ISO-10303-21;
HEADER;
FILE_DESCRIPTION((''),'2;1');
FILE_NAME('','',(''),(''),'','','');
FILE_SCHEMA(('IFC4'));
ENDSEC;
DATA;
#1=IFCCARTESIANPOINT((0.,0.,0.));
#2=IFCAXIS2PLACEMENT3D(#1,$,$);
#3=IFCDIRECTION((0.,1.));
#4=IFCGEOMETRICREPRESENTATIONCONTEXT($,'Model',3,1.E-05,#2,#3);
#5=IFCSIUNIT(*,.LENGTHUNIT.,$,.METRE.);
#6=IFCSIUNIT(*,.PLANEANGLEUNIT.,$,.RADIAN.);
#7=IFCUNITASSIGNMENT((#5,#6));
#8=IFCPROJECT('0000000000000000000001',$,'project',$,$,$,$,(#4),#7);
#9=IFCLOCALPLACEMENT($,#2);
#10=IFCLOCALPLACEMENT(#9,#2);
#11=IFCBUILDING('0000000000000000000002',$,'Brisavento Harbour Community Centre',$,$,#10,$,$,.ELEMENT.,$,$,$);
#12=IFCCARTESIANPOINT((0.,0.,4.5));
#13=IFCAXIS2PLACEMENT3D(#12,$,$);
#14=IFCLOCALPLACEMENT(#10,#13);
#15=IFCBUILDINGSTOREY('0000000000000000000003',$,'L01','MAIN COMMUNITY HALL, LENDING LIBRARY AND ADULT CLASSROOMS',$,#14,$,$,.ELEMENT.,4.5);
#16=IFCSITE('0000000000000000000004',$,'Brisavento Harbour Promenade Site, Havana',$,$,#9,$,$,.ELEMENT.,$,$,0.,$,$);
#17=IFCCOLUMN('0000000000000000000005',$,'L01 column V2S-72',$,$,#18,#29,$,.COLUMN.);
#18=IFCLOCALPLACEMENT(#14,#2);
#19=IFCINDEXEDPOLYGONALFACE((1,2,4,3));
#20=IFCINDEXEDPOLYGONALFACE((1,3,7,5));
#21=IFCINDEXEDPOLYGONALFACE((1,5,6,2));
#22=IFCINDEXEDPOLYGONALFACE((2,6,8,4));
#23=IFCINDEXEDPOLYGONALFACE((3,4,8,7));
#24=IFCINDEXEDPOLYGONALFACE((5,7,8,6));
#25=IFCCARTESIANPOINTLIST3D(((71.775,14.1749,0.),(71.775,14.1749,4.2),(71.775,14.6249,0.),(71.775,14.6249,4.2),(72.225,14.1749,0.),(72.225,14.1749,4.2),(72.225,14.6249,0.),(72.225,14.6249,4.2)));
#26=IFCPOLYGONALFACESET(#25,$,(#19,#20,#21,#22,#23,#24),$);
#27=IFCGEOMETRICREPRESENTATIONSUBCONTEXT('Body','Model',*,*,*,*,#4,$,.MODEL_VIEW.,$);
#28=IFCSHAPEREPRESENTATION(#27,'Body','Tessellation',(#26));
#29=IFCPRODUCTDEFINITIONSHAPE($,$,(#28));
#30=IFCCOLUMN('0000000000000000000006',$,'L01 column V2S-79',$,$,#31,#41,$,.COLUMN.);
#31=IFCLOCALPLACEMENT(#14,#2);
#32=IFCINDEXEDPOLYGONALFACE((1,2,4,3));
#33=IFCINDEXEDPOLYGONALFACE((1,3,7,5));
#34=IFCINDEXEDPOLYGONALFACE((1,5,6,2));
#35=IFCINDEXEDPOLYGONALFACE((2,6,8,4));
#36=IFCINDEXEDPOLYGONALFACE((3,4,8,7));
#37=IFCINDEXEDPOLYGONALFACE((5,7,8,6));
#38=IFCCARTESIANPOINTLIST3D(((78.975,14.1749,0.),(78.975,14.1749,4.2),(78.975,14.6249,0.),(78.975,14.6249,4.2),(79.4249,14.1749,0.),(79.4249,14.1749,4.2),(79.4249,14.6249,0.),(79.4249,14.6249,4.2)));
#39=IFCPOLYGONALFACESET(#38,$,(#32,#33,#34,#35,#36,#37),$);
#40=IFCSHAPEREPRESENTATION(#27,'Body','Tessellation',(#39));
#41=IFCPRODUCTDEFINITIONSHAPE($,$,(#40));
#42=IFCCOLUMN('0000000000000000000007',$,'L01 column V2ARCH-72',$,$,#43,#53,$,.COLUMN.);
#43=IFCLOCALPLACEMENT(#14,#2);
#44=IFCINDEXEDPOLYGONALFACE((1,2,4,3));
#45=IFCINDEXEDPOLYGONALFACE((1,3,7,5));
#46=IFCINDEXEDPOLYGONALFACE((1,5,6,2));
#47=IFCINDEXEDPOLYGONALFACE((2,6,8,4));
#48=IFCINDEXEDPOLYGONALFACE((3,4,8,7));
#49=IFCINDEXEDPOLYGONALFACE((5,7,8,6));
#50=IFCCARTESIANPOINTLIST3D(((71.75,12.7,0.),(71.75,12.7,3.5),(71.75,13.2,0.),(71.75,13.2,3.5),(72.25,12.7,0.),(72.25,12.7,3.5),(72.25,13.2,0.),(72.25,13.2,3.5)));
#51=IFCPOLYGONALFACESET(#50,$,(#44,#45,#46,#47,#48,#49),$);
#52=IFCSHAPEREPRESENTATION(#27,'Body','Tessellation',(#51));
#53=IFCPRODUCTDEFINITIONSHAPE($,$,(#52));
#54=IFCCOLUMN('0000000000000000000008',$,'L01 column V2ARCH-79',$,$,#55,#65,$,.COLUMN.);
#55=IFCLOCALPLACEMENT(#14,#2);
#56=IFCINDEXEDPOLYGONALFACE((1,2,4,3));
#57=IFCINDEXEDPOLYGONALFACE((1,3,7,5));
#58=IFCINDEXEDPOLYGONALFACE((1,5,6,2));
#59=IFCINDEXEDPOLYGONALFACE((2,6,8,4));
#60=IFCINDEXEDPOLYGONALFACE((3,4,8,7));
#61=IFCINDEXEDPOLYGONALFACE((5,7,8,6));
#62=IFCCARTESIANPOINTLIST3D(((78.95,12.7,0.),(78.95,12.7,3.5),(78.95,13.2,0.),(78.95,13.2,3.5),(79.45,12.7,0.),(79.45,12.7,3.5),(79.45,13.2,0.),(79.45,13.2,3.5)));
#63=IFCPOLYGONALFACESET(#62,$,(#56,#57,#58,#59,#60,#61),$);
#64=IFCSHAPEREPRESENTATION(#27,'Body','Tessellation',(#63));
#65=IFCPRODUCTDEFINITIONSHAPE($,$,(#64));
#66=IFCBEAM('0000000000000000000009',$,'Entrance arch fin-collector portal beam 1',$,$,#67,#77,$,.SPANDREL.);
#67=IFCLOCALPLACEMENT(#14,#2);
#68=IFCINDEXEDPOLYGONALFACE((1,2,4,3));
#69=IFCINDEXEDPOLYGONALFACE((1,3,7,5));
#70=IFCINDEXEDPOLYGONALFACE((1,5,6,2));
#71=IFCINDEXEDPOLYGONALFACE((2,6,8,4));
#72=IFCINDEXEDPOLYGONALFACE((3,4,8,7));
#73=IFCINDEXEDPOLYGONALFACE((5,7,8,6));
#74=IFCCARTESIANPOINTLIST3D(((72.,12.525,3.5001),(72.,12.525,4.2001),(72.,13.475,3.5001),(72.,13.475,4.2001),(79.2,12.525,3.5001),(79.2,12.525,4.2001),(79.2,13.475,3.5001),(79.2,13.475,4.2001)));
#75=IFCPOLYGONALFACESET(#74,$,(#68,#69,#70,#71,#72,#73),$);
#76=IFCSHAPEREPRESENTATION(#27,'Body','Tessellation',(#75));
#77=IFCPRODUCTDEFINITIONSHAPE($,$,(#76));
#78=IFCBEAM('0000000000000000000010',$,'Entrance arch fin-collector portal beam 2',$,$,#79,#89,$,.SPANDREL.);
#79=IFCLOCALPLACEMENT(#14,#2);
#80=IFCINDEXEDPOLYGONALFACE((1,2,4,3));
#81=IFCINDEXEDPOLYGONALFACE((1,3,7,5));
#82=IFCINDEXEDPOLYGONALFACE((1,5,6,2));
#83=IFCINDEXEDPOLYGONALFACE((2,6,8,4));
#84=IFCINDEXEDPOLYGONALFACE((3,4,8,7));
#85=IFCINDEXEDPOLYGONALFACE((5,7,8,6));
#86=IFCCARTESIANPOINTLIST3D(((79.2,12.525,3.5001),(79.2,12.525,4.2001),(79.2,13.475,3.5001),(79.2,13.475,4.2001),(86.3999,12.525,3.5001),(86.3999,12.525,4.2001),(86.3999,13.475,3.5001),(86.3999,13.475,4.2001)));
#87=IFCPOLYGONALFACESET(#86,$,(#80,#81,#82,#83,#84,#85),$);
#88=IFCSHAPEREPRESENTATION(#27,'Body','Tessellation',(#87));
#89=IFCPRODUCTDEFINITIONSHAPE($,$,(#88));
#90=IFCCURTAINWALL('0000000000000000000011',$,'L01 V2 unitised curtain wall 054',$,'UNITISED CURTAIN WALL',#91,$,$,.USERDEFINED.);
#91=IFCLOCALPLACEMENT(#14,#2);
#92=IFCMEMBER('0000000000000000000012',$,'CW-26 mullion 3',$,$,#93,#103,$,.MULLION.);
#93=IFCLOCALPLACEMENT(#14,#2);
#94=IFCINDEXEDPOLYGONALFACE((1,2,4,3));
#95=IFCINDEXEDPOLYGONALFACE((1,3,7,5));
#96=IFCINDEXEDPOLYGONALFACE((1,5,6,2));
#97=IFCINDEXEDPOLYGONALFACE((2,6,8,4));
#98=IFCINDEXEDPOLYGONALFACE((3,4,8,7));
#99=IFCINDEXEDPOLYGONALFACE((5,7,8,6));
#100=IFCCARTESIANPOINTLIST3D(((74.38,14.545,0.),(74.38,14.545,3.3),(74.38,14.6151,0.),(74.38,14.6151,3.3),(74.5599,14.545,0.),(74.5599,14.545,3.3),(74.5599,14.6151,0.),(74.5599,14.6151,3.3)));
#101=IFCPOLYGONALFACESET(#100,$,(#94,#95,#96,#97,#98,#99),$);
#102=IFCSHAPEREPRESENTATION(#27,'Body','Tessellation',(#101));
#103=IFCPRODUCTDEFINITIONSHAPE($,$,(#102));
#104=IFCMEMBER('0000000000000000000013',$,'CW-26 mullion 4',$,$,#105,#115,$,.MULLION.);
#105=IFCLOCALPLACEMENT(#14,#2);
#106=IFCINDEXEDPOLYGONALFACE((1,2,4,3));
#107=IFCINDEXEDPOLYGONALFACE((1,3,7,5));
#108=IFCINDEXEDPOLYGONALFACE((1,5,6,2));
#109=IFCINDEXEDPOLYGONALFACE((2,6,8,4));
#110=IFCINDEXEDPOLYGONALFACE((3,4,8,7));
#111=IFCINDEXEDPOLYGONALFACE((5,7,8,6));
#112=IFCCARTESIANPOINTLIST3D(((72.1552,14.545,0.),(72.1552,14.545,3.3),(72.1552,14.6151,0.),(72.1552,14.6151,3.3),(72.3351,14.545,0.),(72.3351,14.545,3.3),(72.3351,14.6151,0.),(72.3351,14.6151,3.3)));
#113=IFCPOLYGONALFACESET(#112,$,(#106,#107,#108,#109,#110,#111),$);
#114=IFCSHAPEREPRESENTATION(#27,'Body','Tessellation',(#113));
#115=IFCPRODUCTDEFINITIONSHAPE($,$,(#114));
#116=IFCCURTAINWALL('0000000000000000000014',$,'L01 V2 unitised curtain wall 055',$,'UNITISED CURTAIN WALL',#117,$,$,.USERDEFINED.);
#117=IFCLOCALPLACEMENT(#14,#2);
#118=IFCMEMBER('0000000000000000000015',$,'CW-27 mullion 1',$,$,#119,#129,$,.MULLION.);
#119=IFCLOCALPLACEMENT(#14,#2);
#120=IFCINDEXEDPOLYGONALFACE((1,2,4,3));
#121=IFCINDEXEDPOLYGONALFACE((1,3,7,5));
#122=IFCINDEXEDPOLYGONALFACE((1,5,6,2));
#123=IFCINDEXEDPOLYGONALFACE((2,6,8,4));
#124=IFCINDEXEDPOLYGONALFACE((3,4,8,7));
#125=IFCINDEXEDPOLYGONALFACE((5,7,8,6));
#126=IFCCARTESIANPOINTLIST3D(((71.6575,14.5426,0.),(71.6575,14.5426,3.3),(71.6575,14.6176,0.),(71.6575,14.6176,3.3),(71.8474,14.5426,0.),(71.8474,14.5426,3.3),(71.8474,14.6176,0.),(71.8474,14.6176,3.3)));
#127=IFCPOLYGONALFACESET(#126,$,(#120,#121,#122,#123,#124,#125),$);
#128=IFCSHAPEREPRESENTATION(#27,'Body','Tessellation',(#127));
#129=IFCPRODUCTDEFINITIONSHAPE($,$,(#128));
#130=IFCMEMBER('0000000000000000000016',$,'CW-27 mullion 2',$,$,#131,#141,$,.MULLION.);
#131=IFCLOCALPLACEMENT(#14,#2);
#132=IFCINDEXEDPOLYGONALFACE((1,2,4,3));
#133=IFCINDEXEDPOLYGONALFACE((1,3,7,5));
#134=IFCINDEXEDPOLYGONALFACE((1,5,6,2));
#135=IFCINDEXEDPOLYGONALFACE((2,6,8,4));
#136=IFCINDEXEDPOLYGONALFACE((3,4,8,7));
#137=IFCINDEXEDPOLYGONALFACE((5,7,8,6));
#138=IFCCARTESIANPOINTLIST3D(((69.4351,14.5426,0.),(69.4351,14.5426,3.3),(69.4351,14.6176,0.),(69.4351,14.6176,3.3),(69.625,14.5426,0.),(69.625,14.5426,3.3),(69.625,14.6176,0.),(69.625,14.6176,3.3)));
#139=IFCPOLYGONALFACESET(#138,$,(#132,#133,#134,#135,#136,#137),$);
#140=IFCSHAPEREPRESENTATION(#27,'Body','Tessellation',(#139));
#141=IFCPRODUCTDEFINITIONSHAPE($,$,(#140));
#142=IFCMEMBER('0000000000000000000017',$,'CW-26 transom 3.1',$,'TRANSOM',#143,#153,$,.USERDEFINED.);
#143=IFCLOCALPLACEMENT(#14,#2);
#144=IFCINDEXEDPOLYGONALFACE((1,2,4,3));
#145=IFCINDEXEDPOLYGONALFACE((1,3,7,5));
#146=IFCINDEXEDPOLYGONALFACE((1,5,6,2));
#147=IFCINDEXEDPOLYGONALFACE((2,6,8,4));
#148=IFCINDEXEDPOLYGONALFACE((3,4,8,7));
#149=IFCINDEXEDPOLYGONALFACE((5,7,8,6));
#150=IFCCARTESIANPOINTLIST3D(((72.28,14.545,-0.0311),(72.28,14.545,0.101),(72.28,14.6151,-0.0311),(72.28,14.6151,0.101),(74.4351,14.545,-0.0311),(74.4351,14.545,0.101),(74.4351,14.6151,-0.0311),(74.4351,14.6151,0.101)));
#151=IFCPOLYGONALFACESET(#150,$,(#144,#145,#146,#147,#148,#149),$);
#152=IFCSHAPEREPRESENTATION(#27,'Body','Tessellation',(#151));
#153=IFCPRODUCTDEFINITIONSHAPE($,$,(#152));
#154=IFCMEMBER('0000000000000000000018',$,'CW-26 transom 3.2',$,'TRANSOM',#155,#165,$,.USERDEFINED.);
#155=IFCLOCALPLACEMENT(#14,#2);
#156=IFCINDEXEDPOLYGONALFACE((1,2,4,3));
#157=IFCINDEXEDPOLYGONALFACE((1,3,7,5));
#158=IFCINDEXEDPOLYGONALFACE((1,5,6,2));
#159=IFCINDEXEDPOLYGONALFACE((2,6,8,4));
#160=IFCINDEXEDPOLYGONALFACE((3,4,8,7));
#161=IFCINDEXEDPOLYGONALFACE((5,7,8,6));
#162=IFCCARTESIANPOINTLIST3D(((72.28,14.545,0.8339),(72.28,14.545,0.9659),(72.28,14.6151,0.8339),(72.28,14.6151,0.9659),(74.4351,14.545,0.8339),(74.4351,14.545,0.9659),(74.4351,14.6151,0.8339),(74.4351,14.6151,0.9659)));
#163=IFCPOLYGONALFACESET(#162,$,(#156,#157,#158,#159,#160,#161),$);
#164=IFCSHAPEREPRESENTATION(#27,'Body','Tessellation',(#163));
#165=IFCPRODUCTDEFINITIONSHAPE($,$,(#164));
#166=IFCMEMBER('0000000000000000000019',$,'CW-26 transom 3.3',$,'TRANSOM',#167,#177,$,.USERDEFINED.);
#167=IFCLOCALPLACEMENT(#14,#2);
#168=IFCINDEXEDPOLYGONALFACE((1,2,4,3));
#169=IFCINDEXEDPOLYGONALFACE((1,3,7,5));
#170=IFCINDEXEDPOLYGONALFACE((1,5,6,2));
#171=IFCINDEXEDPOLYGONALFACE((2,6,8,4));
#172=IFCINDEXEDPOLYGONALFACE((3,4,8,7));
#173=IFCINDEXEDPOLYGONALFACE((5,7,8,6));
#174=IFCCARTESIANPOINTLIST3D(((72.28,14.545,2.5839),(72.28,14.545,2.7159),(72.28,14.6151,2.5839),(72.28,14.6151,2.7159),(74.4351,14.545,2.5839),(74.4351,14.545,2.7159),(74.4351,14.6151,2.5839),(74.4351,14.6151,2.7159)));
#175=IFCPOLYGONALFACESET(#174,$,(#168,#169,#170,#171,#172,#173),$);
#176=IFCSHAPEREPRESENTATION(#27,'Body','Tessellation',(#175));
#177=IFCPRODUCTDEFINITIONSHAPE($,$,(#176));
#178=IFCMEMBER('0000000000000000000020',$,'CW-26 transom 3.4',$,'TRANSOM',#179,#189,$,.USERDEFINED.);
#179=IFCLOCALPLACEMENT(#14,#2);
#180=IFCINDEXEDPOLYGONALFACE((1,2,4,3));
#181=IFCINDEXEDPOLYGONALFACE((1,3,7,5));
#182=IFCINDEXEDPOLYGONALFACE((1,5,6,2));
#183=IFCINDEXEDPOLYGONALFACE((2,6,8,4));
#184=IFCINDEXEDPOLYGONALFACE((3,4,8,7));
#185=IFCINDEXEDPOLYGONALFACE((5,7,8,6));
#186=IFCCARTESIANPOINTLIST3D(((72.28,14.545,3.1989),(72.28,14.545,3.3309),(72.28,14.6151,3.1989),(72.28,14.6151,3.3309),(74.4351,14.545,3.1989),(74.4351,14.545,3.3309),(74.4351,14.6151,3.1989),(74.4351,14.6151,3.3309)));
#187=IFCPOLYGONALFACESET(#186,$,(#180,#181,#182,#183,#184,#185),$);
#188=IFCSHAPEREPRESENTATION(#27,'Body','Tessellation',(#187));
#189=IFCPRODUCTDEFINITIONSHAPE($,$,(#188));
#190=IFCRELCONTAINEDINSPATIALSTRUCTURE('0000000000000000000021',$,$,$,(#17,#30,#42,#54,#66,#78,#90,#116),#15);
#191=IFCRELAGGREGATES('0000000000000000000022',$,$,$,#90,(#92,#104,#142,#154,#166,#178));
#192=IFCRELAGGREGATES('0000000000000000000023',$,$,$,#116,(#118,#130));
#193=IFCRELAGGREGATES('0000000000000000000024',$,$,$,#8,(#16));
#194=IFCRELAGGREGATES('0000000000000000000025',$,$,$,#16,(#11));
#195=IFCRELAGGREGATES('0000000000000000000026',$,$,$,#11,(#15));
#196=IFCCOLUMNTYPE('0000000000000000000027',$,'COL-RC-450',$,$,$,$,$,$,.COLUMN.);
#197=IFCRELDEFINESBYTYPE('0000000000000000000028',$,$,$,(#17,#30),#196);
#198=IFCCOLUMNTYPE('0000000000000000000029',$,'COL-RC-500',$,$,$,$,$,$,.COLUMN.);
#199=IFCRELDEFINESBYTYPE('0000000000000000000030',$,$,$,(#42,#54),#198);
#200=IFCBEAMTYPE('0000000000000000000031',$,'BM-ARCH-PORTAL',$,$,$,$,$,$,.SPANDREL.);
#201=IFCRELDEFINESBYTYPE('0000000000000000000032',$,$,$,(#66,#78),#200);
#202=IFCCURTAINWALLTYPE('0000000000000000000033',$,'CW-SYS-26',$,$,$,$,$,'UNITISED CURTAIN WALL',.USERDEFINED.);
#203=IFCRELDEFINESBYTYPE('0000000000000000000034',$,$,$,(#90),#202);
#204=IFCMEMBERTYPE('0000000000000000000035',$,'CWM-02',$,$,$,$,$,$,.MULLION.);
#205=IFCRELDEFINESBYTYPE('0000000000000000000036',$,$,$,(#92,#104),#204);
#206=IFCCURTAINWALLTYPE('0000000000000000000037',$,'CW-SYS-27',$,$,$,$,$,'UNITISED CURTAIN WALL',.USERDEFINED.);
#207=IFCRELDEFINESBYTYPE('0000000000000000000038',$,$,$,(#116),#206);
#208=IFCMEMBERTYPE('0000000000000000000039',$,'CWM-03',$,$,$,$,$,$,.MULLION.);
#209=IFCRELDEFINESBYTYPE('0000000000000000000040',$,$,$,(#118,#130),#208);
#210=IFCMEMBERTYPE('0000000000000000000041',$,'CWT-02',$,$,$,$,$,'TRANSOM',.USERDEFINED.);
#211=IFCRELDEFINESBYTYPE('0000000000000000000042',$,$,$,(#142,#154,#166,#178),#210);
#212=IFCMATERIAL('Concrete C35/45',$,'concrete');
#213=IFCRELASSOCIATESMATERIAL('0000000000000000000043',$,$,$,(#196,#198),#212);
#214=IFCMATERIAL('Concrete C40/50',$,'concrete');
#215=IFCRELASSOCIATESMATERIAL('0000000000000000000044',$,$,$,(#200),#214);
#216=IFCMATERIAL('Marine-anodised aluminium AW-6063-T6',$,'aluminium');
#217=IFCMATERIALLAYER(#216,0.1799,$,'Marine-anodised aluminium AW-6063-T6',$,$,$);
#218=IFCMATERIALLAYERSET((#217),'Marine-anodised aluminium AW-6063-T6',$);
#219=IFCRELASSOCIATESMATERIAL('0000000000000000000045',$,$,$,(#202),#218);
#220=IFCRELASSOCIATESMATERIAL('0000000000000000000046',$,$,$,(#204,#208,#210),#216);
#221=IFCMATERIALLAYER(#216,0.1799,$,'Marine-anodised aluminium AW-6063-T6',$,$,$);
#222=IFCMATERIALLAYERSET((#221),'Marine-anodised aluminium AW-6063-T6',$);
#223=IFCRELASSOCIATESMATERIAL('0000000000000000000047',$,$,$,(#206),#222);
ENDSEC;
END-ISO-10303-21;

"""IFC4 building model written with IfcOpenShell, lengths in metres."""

from ifc_helpers import new_model, si_unit, direction, frame, origin, origin_2d, place, context, subcontext, project, spatial, rectangle, extrude, material, layer, layer_set, material_profile, profile_set, type_object, element, aggregate, save


model = new_model("IFC4")

# Units and contexts
model_context = context("Model", 3, precision=1e-05, world=origin(), true_north=direction((0.0, 1.0)))
body_context = subcontext(model_context, "Body", "Model", "MODEL_VIEW")
ifc_project = project(units=[si_unit("LENGTHUNIT", "METRE"), si_unit("PLANEANGLEUNIT", "RADIAN")], contexts=[model_context])

# Site, building, storey
site_placement = place(None, origin())
site = spatial("IfcSite", under=ifc_project, at=site_placement, Name="Brisavento Harbour Promenade Site, Havana", CompositionType="ELEMENT", RefElevation=0.0)
building_placement = place(site_placement, origin())
building = spatial("IfcBuilding", under=site, at=building_placement, Name="Brisavento Harbour Community Centre", CompositionType="ELEMENT")
storey_placement = place(building_placement, frame((0.0, 0.0, 4.5)))
storey = spatial("IfcBuildingStorey", under=building, at=storey_placement, Name="L01", Description="MAIN COMMUNITY HALL, LENDING LIBRARY AND ADULT CLASSROOMS", CompositionType="ELEMENT", Elevation=4.5)

# Columns
ifc_material_1 = material(Name="Concrete C35/45", Category="concrete")
ifc_material_profile_1 = material_profile(ifc_material_1, rectangle(XDim=0.45, YDim=0.45, at=origin_2d()), Name="Concrete C35/45")
ifc_profile_set_1 = profile_set([ifc_material_profile_1], Name="Concrete C35/45")
column_type_1 = type_object("IfcColumnType", Name="COL-RC-450", PredefinedType="COLUMN", material=ifc_profile_set_1)
for number, where, z_axis, x_axis, name in (
    (1, (72.0, 14.3999, 0.0), (0.0, 0.0, 1.0), (1.0, 0.0, 0.0), "L01 column V2S-72"),
    (2, (79.2, 14.3999, 0.0), (0.0, 0.0, 1.0), (1.0, 0.0, 0.0), "L01 column V2S-79"),
):
    element("IfcColumn", number, at=place(storey_placement, frame(where, z_axis=z_axis, x_axis=x_axis)), inside=storey, type_object=column_type_1, Name=name, PredefinedType="COLUMN", context=body_context, shape_type="SweptSolid", body=[
        extrude(rectangle(XDim=0.45, YDim=0.45, at=origin_2d()), origin(), (0.0, 0.0, 1.0), 4.2),
    ])
ifc_material_profile_2 = material_profile(ifc_material_1, rectangle(XDim=0.5, YDim=0.5, at=origin_2d()), Name="Concrete C35/45")
ifc_profile_set_2 = profile_set([ifc_material_profile_2], Name="Concrete C35/45")
column_type_2 = type_object("IfcColumnType", Name="COL-RC-500", PredefinedType="COLUMN", material=ifc_profile_set_2)
for number, where, z_axis, x_axis, name in (
    (3, (72.0, 12.95, 0.0), (0.0, 0.0, 1.0), (1.0, 0.0, 0.0), "L01 column V2ARCH-72"),
    (4, (79.2, 12.95, 0.0), (0.0, 0.0, 1.0), (1.0, 0.0, 0.0), "L01 column V2ARCH-79"),
):
    element("IfcColumn", number, at=place(storey_placement, frame(where, z_axis=z_axis, x_axis=x_axis)), inside=storey, type_object=column_type_2, Name=name, PredefinedType="COLUMN", context=body_context, shape_type="SweptSolid", body=[
        extrude(rectangle(XDim=0.5, YDim=0.5, at=origin_2d()), origin(), (0.0, 0.0, 1.0), 3.5),
    ])

# Beams
ifc_material_2 = material(Name="Concrete C40/50", Category="concrete")
ifc_material_profile_3 = material_profile(ifc_material_2, rectangle(XDim=0.95, YDim=0.7, at=origin_2d()), Name="Concrete C40/50")
ifc_profile_set_3 = profile_set([ifc_material_profile_3], Name="Concrete C40/50")
beam_type = type_object("IfcBeamType", Name="BM-ARCH-PORTAL", PredefinedType="SPANDREL", material=ifc_profile_set_3)
for number, where, z_axis, x_axis, name in (
    (5, (72.0, 13.0, 3.8501), (1.0, 0.0, 0.0), (0.0, 1.0, 0.0), "Entrance arch fin-collector portal beam 1"),
    (6, (79.2, 13.0, 3.8501), (1.0, 0.0, 0.0), (0.0, 1.0, 0.0), "Entrance arch fin-collector portal beam 2"),
):
    element("IfcBeam", number, at=place(storey_placement, frame(where, z_axis=z_axis, x_axis=x_axis)), inside=storey, type_object=beam_type, Name=name, PredefinedType="SPANDREL", context=body_context, shape_type="SweptSolid", body=[
        extrude(rectangle(XDim=0.95, YDim=0.7, at=origin_2d()), origin(), (0.0, 0.0, 1.0), 7.2),
    ])

# Curtain walls, members
ifc_material_3 = material(Name="Marine-anodised aluminium AW-6063-T6", Category="aluminium")
ifc_layer_1 = layer(ifc_material_3, 0.1799, Name="Marine-anodised aluminium AW-6063-T6")
ifc_layer_set_1 = layer_set([ifc_layer_1], Name="Marine-anodised aluminium AW-6063-T6")
curtain_wall_type_1 = type_object("IfcCurtainWallType", Name="CW-SYS-26", ElementType="UNITISED CURTAIN WALL", PredefinedType="USERDEFINED", material=ifc_layer_set_1)
curtain_wall_1_placement = place(storey_placement, origin())
curtain_wall_1 = element("IfcCurtainWall", 7, at=curtain_wall_1_placement, inside=storey, type_object=curtain_wall_type_1, Name="L01 V2 unitised curtain wall 054", ObjectType="UNITISED CURTAIN WALL", PredefinedType="USERDEFINED")
ifc_material_profile_4 = material_profile(ifc_material_3, rectangle(XDim=0.0701, YDim=0.1799, at=origin_2d()), Name="Marine-anodised aluminium AW-6063-T6")
ifc_profile_set_4 = profile_set([ifc_material_profile_4], Name="Marine-anodised aluminium AW-6063-T6")
member_type_1 = type_object("IfcMemberType", Name="CWM-02", PredefinedType="MULLION", material=ifc_profile_set_4)
member_1_placement = place(storey_placement, frame((74.47, 14.5801, 0.0), z_axis=(0.0, 0.0, 1.0), x_axis=(0.0, -1.0, 0.0)))
member_1 = element("IfcMember", 8, at=member_1_placement, type_object=member_type_1, Name="CW-26 mullion 3", PredefinedType="MULLION", context=body_context, shape_type="SweptSolid", body=[
    extrude(rectangle(XDim=0.0701, YDim=0.1799, at=origin_2d()), origin(), (0.0, 0.0, 1.0), 3.3),
])
member_2_placement = place(storey_placement, frame((72.2451, 14.5801, 0.0), z_axis=(0.0, 0.0, 1.0), x_axis=(0.0, -1.0, 0.0)))
member_2 = element("IfcMember", 9, at=member_2_placement, type_object=member_type_1, Name="CW-26 mullion 4", PredefinedType="MULLION", context=body_context, shape_type="SweptSolid", body=[
    extrude(rectangle(XDim=0.0701, YDim=0.1799, at=origin_2d()), origin(), (0.0, 0.0, 1.0), 3.3),
])
ifc_layer_2 = layer(ifc_material_3, 0.1799, Name="Marine-anodised aluminium AW-6063-T6")
ifc_layer_set_2 = layer_set([ifc_layer_2], Name="Marine-anodised aluminium AW-6063-T6")
curtain_wall_type_2 = type_object("IfcCurtainWallType", Name="CW-SYS-27", ElementType="UNITISED CURTAIN WALL", PredefinedType="USERDEFINED", material=ifc_layer_set_2)
curtain_wall_2_placement = place(storey_placement, origin())
curtain_wall_2 = element("IfcCurtainWall", 10, at=curtain_wall_2_placement, inside=storey, type_object=curtain_wall_type_2, Name="L01 V2 unitised curtain wall 055", ObjectType="UNITISED CURTAIN WALL", PredefinedType="USERDEFINED")
ifc_material_profile_5 = material_profile(ifc_material_3, rectangle(XDim=0.075, YDim=0.1899, at=origin_2d()), Name="Marine-anodised aluminium AW-6063-T6")
ifc_profile_set_5 = profile_set([ifc_material_profile_5], Name="Marine-anodised aluminium AW-6063-T6")
member_type_2 = type_object("IfcMemberType", Name="CWM-03", PredefinedType="MULLION", material=ifc_profile_set_5)
member_3_placement = place(storey_placement, frame((71.7524, 14.5801, 0.0), z_axis=(0.0, 0.0, 1.0), x_axis=(0.0, -1.0, 0.0)))
member_3 = element("IfcMember", 11, at=member_3_placement, type_object=member_type_2, Name="CW-27 mullion 1", PredefinedType="MULLION", context=body_context, shape_type="SweptSolid", body=[
    extrude(rectangle(XDim=0.075, YDim=0.1899, at=origin_2d()), origin(), (0.0, 0.0, 1.0), 3.3),
])
member_4_placement = place(storey_placement, frame((69.53, 14.5801, 0.0), z_axis=(0.0, 0.0, 1.0), x_axis=(0.0, -1.0, 0.0)))
member_4 = element("IfcMember", 12, at=member_4_placement, type_object=member_type_2, Name="CW-27 mullion 2", PredefinedType="MULLION", context=body_context, shape_type="SweptSolid", body=[
    extrude(rectangle(XDim=0.075, YDim=0.1899, at=origin_2d()), origin(), (0.0, 0.0, 1.0), 3.3),
])

# Members
ifc_material_profile_6 = material_profile(ifc_material_3, rectangle(XDim=0.0701, YDim=0.1321, at=origin_2d()), Name="Marine-anodised aluminium AW-6063-T6")
ifc_profile_set_6 = profile_set([ifc_material_profile_6], Name="Marine-anodised aluminium AW-6063-T6")
member_type_3 = type_object("IfcMemberType", Name="CWT-02", ElementType="TRANSOM", PredefinedType="USERDEFINED", material=ifc_profile_set_6)
member_5_placement = place(storey_placement, frame((74.4351, 14.5801, 0.0349), z_axis=(-1.0, 0.0, 0.0), x_axis=(0.0, -1.0, 0.0)))
member_5 = element("IfcMember", 13, at=member_5_placement, type_object=member_type_3, Name="CW-26 transom 3.1", ObjectType="TRANSOM", PredefinedType="USERDEFINED", context=body_context, shape_type="SweptSolid", body=[
    extrude(rectangle(XDim=0.0701, YDim=0.1321, at=origin_2d()), origin(), (0.0, 0.0, 1.0), 2.155),
])
member_6_placement = place(storey_placement, frame((74.4351, 14.5801, 0.8999), z_axis=(-1.0, 0.0, 0.0), x_axis=(0.0, -1.0, 0.0)))
member_6 = element("IfcMember", 14, at=member_6_placement, type_object=member_type_3, Name="CW-26 transom 3.2", ObjectType="TRANSOM", PredefinedType="USERDEFINED", context=body_context, shape_type="SweptSolid", body=[
    extrude(rectangle(XDim=0.0701, YDim=0.1321, at=origin_2d()), origin(), (0.0, 0.0, 1.0), 2.155),
])
member_7_placement = place(storey_placement, frame((74.4351, 14.5801, 2.6499), z_axis=(-1.0, 0.0, 0.0), x_axis=(0.0, -1.0, 0.0)))
member_7 = element("IfcMember", 15, at=member_7_placement, type_object=member_type_3, Name="CW-26 transom 3.3", ObjectType="TRANSOM", PredefinedType="USERDEFINED", context=body_context, shape_type="SweptSolid", body=[
    extrude(rectangle(XDim=0.0701, YDim=0.1321, at=origin_2d()), origin(), (0.0, 0.0, 1.0), 2.155),
])
member_8_placement = place(storey_placement, frame((74.4351, 14.5801, 3.2649), z_axis=(-1.0, 0.0, 0.0), x_axis=(0.0, -1.0, 0.0)))
member_8 = element("IfcMember", 16, at=member_8_placement, type_object=member_type_3, Name="CW-26 transom 3.4", ObjectType="TRANSOM", PredefinedType="USERDEFINED", context=body_context, shape_type="SweptSolid", body=[
    extrude(rectangle(XDim=0.0701, YDim=0.1321, at=origin_2d()), origin(), (0.0, 0.0, 1.0), 2.155),
])

aggregate(curtain_wall_1, [member_1, member_2, member_5, member_6, member_7, member_8])
aggregate(curtain_wall_2, [member_3, member_4])

save(model, "model.ifc")
